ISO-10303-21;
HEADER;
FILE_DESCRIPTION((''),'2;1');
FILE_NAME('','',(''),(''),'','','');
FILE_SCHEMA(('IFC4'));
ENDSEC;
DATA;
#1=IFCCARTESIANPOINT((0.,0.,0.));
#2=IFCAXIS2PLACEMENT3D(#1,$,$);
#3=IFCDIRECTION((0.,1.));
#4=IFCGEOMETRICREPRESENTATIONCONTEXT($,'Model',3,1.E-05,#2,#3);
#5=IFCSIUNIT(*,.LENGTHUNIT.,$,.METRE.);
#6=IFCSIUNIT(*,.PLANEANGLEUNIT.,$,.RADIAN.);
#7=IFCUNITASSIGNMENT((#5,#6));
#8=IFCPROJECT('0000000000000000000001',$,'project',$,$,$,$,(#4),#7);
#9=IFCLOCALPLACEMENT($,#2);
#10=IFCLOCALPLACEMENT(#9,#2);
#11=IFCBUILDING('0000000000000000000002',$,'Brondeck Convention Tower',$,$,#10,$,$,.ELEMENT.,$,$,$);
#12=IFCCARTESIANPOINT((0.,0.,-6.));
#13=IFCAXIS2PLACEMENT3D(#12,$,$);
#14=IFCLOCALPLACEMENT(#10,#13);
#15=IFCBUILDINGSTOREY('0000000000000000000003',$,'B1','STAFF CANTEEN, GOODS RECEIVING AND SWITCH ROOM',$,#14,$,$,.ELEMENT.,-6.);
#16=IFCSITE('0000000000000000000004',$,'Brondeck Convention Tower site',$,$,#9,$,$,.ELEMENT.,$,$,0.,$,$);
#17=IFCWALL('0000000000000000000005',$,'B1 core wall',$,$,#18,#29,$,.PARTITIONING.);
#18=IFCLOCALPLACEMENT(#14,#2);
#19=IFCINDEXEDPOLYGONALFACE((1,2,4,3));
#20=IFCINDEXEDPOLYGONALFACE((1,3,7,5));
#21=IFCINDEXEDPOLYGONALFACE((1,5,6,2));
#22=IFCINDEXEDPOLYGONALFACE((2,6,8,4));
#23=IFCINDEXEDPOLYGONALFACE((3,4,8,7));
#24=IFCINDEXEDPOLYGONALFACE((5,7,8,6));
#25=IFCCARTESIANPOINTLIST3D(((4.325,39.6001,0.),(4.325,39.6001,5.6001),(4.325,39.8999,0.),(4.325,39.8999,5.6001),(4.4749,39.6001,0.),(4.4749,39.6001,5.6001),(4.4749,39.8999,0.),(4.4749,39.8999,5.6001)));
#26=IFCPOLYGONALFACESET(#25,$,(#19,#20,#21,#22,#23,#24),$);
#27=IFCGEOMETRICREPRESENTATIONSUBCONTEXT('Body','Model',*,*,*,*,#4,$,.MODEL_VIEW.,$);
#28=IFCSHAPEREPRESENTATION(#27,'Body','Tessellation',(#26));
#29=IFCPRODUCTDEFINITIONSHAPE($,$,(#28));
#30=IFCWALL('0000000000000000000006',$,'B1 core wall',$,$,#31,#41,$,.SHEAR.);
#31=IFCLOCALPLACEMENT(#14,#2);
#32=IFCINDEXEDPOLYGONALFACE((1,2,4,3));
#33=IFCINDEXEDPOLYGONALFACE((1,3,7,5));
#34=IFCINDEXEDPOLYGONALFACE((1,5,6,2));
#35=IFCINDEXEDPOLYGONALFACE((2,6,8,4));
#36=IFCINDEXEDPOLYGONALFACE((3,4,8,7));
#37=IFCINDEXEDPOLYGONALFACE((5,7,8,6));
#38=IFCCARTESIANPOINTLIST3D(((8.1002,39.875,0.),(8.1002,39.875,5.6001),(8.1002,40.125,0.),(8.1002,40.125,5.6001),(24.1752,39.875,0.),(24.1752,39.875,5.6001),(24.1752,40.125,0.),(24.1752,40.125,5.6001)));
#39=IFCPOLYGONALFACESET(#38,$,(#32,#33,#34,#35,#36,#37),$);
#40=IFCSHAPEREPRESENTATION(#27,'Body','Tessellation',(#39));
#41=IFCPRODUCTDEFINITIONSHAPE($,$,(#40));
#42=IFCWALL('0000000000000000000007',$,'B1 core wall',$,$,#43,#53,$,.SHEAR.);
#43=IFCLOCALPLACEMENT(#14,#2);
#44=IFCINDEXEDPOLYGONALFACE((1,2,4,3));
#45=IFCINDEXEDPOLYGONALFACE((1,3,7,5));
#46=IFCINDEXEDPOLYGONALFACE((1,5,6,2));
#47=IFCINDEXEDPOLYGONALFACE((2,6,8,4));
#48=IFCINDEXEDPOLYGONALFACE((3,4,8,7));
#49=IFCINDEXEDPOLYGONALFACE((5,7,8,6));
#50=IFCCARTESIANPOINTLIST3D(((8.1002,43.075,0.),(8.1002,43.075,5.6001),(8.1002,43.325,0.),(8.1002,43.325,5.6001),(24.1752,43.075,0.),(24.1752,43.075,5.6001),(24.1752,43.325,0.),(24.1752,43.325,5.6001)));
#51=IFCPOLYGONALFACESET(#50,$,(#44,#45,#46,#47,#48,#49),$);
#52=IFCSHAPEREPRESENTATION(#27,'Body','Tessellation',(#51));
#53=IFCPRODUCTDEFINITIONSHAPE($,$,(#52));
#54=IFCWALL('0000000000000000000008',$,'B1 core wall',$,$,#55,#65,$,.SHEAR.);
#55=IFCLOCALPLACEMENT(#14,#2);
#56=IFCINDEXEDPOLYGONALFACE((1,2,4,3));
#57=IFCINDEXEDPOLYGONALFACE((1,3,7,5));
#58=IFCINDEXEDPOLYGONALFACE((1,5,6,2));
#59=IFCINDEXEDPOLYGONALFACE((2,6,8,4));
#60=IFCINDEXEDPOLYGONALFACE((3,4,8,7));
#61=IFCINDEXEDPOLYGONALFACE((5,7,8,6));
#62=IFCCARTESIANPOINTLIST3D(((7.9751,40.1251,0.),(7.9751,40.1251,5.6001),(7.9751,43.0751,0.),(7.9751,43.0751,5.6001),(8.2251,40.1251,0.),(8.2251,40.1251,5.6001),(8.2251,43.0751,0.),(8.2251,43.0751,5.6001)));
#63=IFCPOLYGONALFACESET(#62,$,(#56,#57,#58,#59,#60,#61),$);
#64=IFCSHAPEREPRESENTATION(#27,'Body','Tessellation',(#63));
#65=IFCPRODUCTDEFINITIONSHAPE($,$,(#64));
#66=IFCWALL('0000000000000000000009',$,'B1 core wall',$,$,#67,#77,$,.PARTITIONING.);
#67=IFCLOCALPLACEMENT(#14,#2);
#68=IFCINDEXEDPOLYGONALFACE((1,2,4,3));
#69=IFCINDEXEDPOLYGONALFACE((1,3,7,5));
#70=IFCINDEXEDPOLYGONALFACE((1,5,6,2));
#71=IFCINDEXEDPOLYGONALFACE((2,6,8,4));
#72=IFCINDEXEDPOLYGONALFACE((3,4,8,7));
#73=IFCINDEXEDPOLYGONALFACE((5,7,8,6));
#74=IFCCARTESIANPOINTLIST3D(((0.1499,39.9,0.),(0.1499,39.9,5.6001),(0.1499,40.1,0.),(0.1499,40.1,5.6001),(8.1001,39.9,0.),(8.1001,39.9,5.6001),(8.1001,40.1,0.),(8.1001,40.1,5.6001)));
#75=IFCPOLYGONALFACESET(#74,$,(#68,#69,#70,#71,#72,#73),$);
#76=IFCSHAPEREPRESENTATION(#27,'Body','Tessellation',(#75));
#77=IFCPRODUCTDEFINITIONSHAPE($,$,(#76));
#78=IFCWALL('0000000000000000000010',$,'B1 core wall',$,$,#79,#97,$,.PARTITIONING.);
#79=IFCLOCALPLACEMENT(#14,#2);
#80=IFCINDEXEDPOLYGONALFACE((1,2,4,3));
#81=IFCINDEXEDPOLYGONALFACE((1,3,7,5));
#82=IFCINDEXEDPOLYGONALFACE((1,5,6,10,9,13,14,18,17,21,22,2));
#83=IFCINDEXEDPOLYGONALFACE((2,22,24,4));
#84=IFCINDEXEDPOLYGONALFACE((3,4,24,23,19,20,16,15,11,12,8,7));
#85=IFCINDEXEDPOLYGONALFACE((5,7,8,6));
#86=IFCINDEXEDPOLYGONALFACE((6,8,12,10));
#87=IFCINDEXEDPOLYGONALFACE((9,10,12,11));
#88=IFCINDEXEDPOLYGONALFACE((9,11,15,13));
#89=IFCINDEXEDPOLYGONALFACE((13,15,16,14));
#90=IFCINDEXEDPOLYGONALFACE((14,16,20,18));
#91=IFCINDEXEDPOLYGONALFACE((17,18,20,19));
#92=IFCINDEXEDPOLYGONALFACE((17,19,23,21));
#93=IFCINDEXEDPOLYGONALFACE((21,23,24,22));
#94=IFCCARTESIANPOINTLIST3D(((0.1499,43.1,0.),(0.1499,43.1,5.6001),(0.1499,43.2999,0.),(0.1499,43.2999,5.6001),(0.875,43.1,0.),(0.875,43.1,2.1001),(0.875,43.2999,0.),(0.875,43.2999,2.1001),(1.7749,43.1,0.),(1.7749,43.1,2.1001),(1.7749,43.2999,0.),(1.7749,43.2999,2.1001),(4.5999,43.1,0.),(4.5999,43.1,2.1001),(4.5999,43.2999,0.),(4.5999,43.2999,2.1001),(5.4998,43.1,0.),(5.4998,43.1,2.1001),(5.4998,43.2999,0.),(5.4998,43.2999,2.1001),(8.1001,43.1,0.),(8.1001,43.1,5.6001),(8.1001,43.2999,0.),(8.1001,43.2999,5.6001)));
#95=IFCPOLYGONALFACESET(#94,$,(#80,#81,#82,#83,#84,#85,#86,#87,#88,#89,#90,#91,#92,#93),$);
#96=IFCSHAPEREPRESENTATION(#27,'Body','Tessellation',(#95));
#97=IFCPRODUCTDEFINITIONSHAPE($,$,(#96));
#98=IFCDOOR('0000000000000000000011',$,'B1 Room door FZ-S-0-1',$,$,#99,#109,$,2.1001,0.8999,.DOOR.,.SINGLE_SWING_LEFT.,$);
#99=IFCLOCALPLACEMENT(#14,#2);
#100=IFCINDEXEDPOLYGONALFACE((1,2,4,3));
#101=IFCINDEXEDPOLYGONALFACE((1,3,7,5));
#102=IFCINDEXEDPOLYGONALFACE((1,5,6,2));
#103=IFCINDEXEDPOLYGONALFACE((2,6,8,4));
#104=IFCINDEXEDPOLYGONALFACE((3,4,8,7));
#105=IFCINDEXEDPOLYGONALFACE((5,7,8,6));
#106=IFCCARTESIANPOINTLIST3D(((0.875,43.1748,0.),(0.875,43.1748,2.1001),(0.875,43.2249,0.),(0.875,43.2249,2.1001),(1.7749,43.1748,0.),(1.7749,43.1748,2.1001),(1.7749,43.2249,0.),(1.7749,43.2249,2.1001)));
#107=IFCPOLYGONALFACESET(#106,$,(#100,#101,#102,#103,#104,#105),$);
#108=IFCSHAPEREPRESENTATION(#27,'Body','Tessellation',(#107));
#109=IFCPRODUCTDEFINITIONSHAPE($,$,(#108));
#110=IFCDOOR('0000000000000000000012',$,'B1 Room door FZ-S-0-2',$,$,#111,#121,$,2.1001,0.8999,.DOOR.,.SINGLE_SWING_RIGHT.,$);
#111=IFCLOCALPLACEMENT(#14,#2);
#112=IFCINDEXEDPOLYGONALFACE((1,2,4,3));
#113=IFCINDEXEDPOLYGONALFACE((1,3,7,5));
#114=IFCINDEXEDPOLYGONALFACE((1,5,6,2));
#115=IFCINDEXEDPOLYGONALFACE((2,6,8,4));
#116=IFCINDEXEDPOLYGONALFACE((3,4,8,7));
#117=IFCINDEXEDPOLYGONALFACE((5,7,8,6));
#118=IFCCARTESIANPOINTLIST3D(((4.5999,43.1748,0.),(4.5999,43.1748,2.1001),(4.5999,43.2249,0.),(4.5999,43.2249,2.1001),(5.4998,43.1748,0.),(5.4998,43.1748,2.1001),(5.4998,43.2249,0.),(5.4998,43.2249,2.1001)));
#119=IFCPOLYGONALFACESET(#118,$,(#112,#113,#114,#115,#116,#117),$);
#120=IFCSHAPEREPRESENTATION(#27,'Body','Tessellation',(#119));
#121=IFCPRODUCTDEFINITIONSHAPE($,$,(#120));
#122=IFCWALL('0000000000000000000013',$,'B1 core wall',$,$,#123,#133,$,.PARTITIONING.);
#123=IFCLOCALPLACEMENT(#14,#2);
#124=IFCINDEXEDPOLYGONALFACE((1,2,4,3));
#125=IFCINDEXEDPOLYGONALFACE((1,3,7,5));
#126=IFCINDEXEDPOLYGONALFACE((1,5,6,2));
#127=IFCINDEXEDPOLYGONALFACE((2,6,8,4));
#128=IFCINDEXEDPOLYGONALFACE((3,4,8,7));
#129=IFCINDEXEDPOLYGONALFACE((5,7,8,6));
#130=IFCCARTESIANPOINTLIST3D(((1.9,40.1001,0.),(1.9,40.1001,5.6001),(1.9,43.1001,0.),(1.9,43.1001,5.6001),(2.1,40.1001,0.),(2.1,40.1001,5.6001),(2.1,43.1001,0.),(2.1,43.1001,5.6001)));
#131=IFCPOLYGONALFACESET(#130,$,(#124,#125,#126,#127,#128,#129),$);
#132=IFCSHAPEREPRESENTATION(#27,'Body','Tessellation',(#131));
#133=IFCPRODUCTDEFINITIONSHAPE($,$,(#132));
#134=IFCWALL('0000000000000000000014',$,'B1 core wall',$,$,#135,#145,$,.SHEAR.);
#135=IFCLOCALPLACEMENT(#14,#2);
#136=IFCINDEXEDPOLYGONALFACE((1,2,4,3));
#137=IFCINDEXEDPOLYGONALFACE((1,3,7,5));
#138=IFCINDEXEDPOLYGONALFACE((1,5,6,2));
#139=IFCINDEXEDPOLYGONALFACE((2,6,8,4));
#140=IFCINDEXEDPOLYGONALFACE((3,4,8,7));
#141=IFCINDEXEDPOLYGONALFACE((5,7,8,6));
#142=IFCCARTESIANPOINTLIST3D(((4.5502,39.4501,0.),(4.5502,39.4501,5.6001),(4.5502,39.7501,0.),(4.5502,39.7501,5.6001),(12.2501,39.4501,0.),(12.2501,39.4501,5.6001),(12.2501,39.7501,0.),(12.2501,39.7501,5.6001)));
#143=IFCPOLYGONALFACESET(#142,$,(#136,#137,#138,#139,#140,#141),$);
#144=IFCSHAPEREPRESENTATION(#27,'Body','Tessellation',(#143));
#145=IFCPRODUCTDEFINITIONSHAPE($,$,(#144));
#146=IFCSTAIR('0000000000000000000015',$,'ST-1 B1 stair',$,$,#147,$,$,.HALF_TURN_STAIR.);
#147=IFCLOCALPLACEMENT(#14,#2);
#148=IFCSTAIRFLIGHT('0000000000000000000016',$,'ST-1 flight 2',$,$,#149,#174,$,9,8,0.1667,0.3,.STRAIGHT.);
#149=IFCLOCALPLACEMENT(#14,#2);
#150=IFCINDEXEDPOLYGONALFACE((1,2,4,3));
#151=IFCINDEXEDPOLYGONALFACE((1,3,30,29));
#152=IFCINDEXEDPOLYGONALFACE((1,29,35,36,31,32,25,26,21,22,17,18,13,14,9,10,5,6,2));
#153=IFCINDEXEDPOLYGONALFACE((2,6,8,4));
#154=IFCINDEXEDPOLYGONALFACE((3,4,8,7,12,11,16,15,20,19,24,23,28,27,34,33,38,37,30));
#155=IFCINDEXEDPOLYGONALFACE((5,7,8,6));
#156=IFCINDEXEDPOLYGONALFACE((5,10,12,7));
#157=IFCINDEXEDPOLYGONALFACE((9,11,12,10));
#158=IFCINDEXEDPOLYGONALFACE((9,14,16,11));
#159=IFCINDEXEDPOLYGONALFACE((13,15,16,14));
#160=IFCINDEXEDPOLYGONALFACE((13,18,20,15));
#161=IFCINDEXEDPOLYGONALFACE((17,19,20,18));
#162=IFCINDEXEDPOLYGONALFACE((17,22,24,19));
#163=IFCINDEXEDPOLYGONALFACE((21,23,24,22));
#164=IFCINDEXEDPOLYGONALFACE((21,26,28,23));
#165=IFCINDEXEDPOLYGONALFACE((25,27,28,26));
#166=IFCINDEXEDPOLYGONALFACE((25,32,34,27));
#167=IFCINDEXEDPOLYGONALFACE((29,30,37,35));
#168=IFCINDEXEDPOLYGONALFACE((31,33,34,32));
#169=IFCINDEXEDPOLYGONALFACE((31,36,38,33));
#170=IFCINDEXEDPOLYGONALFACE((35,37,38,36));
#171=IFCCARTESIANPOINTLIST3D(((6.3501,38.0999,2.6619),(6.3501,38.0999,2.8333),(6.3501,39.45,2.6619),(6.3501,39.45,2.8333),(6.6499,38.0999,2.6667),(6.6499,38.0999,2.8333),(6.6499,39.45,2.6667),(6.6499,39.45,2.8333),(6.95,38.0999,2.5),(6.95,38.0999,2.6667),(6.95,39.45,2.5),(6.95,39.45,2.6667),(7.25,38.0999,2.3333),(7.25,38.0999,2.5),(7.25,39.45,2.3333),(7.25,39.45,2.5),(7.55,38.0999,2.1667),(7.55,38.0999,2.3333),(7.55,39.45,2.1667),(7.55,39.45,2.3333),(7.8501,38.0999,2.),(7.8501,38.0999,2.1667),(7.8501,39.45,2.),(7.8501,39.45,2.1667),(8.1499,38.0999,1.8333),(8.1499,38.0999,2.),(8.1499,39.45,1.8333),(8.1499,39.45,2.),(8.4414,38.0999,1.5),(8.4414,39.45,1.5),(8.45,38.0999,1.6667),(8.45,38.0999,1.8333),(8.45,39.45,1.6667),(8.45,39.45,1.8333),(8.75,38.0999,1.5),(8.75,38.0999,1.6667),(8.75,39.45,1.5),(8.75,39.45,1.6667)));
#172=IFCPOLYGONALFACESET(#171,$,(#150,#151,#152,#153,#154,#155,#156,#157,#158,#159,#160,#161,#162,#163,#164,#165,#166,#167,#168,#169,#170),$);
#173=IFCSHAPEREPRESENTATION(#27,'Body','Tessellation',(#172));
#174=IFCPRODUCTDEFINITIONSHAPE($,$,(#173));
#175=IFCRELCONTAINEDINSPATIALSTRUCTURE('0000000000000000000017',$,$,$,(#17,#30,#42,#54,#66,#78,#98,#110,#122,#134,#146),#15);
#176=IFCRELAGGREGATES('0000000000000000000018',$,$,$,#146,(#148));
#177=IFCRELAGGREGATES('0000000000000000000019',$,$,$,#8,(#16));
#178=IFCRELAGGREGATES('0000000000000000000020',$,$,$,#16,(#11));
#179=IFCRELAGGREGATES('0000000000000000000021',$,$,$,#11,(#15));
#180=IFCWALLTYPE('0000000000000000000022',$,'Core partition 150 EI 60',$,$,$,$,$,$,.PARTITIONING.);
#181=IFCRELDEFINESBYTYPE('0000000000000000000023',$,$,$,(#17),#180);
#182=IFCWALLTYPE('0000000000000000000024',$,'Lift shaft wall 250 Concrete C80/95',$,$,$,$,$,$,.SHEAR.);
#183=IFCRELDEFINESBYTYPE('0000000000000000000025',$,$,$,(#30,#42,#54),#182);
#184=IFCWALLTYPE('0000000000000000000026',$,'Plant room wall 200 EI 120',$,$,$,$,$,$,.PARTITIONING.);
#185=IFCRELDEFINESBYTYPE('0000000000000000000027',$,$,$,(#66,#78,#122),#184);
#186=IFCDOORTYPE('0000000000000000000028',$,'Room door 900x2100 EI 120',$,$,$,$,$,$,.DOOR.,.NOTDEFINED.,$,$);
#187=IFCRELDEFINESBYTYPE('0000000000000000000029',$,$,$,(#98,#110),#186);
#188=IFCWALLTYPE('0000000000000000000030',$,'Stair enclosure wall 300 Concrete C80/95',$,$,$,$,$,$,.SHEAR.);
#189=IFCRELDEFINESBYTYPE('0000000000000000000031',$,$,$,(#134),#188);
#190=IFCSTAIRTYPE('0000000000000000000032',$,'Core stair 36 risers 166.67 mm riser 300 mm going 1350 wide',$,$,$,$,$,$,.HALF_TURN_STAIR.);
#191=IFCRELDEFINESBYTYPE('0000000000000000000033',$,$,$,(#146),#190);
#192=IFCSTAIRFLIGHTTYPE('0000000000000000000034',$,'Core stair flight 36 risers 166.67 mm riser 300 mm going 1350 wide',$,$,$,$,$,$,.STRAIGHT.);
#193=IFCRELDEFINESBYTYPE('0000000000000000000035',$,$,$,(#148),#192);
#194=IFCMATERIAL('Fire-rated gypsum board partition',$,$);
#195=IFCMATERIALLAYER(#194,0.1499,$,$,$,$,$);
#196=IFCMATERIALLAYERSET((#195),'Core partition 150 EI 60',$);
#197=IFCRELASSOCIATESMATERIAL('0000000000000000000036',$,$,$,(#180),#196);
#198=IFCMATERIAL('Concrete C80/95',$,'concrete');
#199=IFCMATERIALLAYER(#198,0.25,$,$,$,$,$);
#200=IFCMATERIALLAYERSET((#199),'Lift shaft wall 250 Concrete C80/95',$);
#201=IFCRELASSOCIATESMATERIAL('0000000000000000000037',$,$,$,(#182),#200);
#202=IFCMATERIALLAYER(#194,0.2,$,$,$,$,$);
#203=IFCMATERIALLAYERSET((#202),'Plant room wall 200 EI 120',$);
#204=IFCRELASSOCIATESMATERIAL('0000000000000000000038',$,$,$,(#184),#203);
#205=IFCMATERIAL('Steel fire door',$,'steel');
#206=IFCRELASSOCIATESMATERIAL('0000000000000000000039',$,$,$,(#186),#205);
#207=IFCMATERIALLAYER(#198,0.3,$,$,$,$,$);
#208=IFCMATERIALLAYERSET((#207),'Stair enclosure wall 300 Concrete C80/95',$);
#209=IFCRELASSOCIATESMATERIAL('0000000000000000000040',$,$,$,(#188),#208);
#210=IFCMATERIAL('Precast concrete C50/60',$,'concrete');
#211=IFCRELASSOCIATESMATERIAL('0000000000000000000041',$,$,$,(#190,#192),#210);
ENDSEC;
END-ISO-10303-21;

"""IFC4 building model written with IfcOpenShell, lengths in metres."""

from ifc_helpers import new_model, si_unit, direction, frame, frame_2d, origin, place, context, subcontext, project, spatial, polyline, rectangle, outline, extrude, material, layer, layer_set, type_object, element, fill, aggregate, save


model = new_model("IFC4")

# Units and contexts
model_context = context("Model", 3, precision=1e-05, world=origin(), true_north=direction((0.0, 1.0)))
body_context = subcontext(model_context, "Body", "Model", "MODEL_VIEW")
ifc_project = project(units=[si_unit("LENGTHUNIT", "METRE"), si_unit("PLANEANGLEUNIT", "RADIAN")], contexts=[model_context])

# Site, building, storey
site_placement = place(None, origin())
site = spatial("IfcSite", under=ifc_project, at=site_placement, Name="Brondeck Convention Tower site", CompositionType="ELEMENT", RefElevation=0.0)
building_placement = place(site_placement, origin())
building = spatial("IfcBuilding", under=site, at=building_placement, Name="Brondeck Convention Tower", CompositionType="ELEMENT")
storey_placement = place(building_placement, frame((0.0, 0.0, -6.0)))
storey = spatial("IfcBuildingStorey", under=building, at=storey_placement, Name="B1", Description="STAFF CANTEEN, GOODS RECEIVING AND SWITCH ROOM", CompositionType="ELEMENT", Elevation=-6.0)

# Walls
ifc_material_1 = material(Name="Fire-rated gypsum board partition")
ifc_layer_1 = layer(ifc_material_1, 0.1499)
ifc_layer_set_1 = layer_set([ifc_layer_1], Name="Core partition 150 EI 60")
wall_type_1 = type_object("IfcWallType", Name="Core partition 150 EI 60", PredefinedType="PARTITIONING", material=ifc_layer_set_1)
wall_1_placement = place(storey_placement, frame((4.3999, 39.6001, 0.0), z_axis=(0.0, 0.0, 1.0), x_axis=(0.0, 1.0, 0.0)))
element("IfcWall", 1, at=wall_1_placement, inside=storey, type_object=wall_type_1, Name="B1 core wall", PredefinedType="PARTITIONING", context=body_context, shape_type="SweptSolid", body=[
    extrude(rectangle(XDim=0.2998, YDim=0.1499, at=frame_2d((0.1499, 0.0))), origin(), (0.0, 0.0, 1.0), 5.6001),
])
ifc_material_2 = material(Name="Concrete C80/95", Category="concrete")
ifc_layer_2 = layer(ifc_material_2, 0.25)
ifc_layer_set_2 = layer_set([ifc_layer_2], Name="Lift shaft wall 250 Concrete C80/95")
wall_type_2 = type_object("IfcWallType", Name="Lift shaft wall 250 Concrete C80/95", PredefinedType="SHEAR", material=ifc_layer_set_2)
for number, where, z_axis, x_axis, name in (
    (2, (8.1001, 40.0, 0.0), (0.0, 0.0, 1.0), (1.0, 0.0, 0.0), "B1 core wall"),
    (3, (8.1001, 43.2, 0.0), (0.0, 0.0, 1.0), (1.0, 0.0, 0.0), "B1 core wall"),
):
    element("IfcWall", number, at=place(storey_placement, frame(where, z_axis=z_axis, x_axis=x_axis)), inside=storey, type_object=wall_type_2, Name=name, PredefinedType="SHEAR", context=body_context, shape_type="SweptSolid", body=[
        extrude(rectangle(XDim=16.075, YDim=0.25, at=frame_2d((8.0376, 0.0))), origin(), (0.0, 0.0, 1.0), 5.6001),
    ])
wall_2_placement = place(storey_placement, frame((8.1001, 40.125, 0.0), z_axis=(0.0, 0.0, 1.0), x_axis=(0.0, 1.0, 0.0)))
element("IfcWall", 4, at=wall_2_placement, inside=storey, type_object=wall_type_2, Name="B1 core wall", PredefinedType="SHEAR", context=body_context, shape_type="SweptSolid", body=[
    extrude(rectangle(XDim=2.95, YDim=0.25, at=frame_2d((1.4751, 0.0))), origin(), (0.0, 0.0, 1.0), 5.6001),
])
ifc_layer_3 = layer(ifc_material_1, 0.2)
ifc_layer_set_3 = layer_set([ifc_layer_3], Name="Plant room wall 200 EI 120")
wall_type_3 = type_object("IfcWallType", Name="Plant room wall 200 EI 120", PredefinedType="PARTITIONING", material=ifc_layer_set_3)
wall_3_placement = place(storey_placement, frame((0.1499, 40.0, 0.0), z_axis=(0.0, 0.0, 1.0), x_axis=(1.0, 0.0, 0.0)))
element("IfcWall", 5, at=wall_3_placement, inside=storey, type_object=wall_type_3, Name="B1 core wall", PredefinedType="PARTITIONING", context=body_context, shape_type="SweptSolid", body=[
    extrude(rectangle(XDim=7.9502, YDim=0.2, at=frame_2d((3.9751, 0.0))), origin(), (0.0, 0.0, 1.0), 5.6001),
])

# Wall, openings, doors
wall_4_placement = place(storey_placement, frame((0.1499, 43.2, 0.0), z_axis=(0.0, 0.0, 1.0), x_axis=(1.0, 0.0, 0.0)))
wall_4 = element("IfcWall", 6, at=wall_4_placement, inside=storey, type_object=wall_type_3, Name="B1 core wall", PredefinedType="PARTITIONING", context=body_context, shape_type="SweptSolid", body=[
    extrude(rectangle(XDim=7.9502, YDim=0.2, at=frame_2d((3.9751, 0.0))), origin(), (0.0, 0.0, 1.0), 5.6001),
])
opening_1_placement = place(wall_4_placement, frame((0.7251, 0.0, 0.0)))
opening_1 = element("IfcOpeningElement", 7, at=opening_1_placement, cuts=wall_4, PredefinedType="OPENING", context=body_context, shape_type="SweptSolid", body=[
    extrude(rectangle(XDim=0.8999, YDim=2.1001, at=frame_2d((0.45, 1.05))), frame((0.0, 0.1099, 0.0), z_axis=(0.0, -1.0, 0.0), x_axis=(1.0, 0.0, 0.0)), (0.0, 0.0, 1.0), 0.22),
])
opening_2_placement = place(wall_4_placement, frame((4.45, 0.0, 0.0)))
opening_2 = element("IfcOpeningElement", 8, at=opening_2_placement, cuts=wall_4, PredefinedType="OPENING", context=body_context, shape_type="SweptSolid", body=[
    extrude(rectangle(XDim=0.8999, YDim=2.1001, at=frame_2d((0.45, 1.05))), frame((0.0, 0.1099, 0.0), z_axis=(0.0, -1.0, 0.0), x_axis=(1.0, 0.0, 0.0)), (0.0, 0.0, 1.0), 0.22),
])
ifc_material_3 = material(Name="Steel fire door", Category="steel")
door_type = type_object("IfcDoorType", Name="Room door 900x2100 EI 120", OperationType="NOTDEFINED", PredefinedType="DOOR", material=ifc_material_3)
door_1_placement = place(opening_1_placement, origin())
door_1 = element("IfcDoor", 9, at=door_1_placement, inside=storey, type_object=door_type, Name="B1 Room door FZ-S-0-1", OperationType="SINGLE_SWING_LEFT", OverallHeight=2.1001, OverallWidth=0.8999, PredefinedType="DOOR", context=body_context, shape_type="SweptSolid", body=[
    extrude(rectangle(XDim=0.8999, YDim=2.1001, at=frame_2d((0.45, 1.05))), frame((0.0, 0.0249, 0.0), z_axis=(0.0, -1.0, 0.0), x_axis=(1.0, 0.0, 0.0)), (0.0, 0.0, 1.0), 0.05),
])
fill(opening_1, door_1)
door_2_placement = place(opening_2_placement, origin())
door_2 = element("IfcDoor", 10, at=door_2_placement, inside=storey, type_object=door_type, Name="B1 Room door FZ-S-0-2", OperationType="SINGLE_SWING_RIGHT", OverallHeight=2.1001, OverallWidth=0.8999, PredefinedType="DOOR", context=body_context, shape_type="SweptSolid", body=[
    extrude(rectangle(XDim=0.8999, YDim=2.1001, at=frame_2d((0.45, 1.05))), frame((0.0, 0.0249, 0.0), z_axis=(0.0, -1.0, 0.0), x_axis=(1.0, 0.0, 0.0)), (0.0, 0.0, 1.0), 0.05),
])
fill(opening_2, door_2)

# Walls
wall_5_placement = place(storey_placement, frame((2.0, 40.1001, 0.0), z_axis=(0.0, 0.0, 1.0), x_axis=(0.0, 1.0, 0.0)))
element("IfcWall", 11, at=wall_5_placement, inside=storey, type_object=wall_type_3, Name="B1 core wall", PredefinedType="PARTITIONING", context=body_context, shape_type="SweptSolid", body=[
    extrude(rectangle(XDim=3.0, YDim=0.2, at=frame_2d((1.5, 0.0))), origin(), (0.0, 0.0, 1.0), 5.6001),
])
ifc_layer_4 = layer(ifc_material_2, 0.3)
ifc_layer_set_4 = layer_set([ifc_layer_4], Name="Stair enclosure wall 300 Concrete C80/95")
wall_type_4 = type_object("IfcWallType", Name="Stair enclosure wall 300 Concrete C80/95", PredefinedType="SHEAR", material=ifc_layer_set_4)
wall_6_placement = place(storey_placement, frame((4.55, 39.6001, 0.0), z_axis=(0.0, 0.0, 1.0), x_axis=(1.0, 0.0, 0.0)))
element("IfcWall", 12, at=wall_6_placement, inside=storey, type_object=wall_type_4, Name="B1 core wall", PredefinedType="SHEAR", context=body_context, shape_type="SweptSolid", body=[
    extrude(rectangle(XDim=7.7, YDim=0.3, at=frame_2d((3.8501, 0.0))), origin(), (0.0, 0.0, 1.0), 5.6001),
])

# Stair, stair flight
ifc_material_4 = material(Name="Precast concrete C50/60", Category="concrete")
stair_type = type_object("IfcStairType", Name="Core stair 36 risers 166.67 mm riser 300 mm going 1350 wide", PredefinedType="HALF_TURN_STAIR", material=ifc_material_4)
stair_placement = place(storey_placement, origin())
stair = element("IfcStair", 13, at=stair_placement, inside=storey, type_object=stair_type, Name="ST-1 B1 stair", PredefinedType="HALF_TURN_STAIR")
stair_flight_type = type_object("IfcStairFlightType", Name="Core stair flight 36 risers 166.67 mm riser 300 mm going 1350 wide", PredefinedType="STRAIGHT", material=ifc_material_4)
stair_flight_1_placement = place(storey_placement, frame((8.75, 38.7749, 1.5), z_axis=(0.0, 0.0, 1.0), x_axis=(-1.0, 0.0, 0.0)))
stair_flight_1 = element("IfcStairFlight", 14, at=stair_flight_1_placement, type_object=stair_flight_type, Name="ST-1 flight 2", NumberOfRisers=9, NumberOfTreads=8, PredefinedType="STRAIGHT", RiserHeight=0.1667, TreadLength=0.3, context=body_context, shape_type="SweptSolid", body=[
    extrude(outline(polyline([(0.0, 0.0), (0.0, 0.1667), (0.3, 0.1667), (0.3, 0.3333), (0.6001, 0.3333), (0.6001, 0.5), (0.8999, 0.5), (0.8999, 0.6667), (1.2, 0.6667), (1.2, 0.8333), (1.5, 0.8333), (1.5, 1.0), (1.8, 1.0), (1.8, 1.1667), (2.1001, 1.1667), (2.1001, 1.3333), (2.3999, 1.3333), (2.3999, 1.5), (2.3999, 1.1619), (0.3086, 0.0), (0.0, 0.0)])), frame((0.0, 0.675, 0.0), z_axis=(0.0, -1.0, 0.0), x_axis=(1.0, 0.0, 0.0)), (0.0, 0.0, 1.0), 1.3501),
])
aggregate(stair, [stair_flight_1])

save(model, "model.ifc")
